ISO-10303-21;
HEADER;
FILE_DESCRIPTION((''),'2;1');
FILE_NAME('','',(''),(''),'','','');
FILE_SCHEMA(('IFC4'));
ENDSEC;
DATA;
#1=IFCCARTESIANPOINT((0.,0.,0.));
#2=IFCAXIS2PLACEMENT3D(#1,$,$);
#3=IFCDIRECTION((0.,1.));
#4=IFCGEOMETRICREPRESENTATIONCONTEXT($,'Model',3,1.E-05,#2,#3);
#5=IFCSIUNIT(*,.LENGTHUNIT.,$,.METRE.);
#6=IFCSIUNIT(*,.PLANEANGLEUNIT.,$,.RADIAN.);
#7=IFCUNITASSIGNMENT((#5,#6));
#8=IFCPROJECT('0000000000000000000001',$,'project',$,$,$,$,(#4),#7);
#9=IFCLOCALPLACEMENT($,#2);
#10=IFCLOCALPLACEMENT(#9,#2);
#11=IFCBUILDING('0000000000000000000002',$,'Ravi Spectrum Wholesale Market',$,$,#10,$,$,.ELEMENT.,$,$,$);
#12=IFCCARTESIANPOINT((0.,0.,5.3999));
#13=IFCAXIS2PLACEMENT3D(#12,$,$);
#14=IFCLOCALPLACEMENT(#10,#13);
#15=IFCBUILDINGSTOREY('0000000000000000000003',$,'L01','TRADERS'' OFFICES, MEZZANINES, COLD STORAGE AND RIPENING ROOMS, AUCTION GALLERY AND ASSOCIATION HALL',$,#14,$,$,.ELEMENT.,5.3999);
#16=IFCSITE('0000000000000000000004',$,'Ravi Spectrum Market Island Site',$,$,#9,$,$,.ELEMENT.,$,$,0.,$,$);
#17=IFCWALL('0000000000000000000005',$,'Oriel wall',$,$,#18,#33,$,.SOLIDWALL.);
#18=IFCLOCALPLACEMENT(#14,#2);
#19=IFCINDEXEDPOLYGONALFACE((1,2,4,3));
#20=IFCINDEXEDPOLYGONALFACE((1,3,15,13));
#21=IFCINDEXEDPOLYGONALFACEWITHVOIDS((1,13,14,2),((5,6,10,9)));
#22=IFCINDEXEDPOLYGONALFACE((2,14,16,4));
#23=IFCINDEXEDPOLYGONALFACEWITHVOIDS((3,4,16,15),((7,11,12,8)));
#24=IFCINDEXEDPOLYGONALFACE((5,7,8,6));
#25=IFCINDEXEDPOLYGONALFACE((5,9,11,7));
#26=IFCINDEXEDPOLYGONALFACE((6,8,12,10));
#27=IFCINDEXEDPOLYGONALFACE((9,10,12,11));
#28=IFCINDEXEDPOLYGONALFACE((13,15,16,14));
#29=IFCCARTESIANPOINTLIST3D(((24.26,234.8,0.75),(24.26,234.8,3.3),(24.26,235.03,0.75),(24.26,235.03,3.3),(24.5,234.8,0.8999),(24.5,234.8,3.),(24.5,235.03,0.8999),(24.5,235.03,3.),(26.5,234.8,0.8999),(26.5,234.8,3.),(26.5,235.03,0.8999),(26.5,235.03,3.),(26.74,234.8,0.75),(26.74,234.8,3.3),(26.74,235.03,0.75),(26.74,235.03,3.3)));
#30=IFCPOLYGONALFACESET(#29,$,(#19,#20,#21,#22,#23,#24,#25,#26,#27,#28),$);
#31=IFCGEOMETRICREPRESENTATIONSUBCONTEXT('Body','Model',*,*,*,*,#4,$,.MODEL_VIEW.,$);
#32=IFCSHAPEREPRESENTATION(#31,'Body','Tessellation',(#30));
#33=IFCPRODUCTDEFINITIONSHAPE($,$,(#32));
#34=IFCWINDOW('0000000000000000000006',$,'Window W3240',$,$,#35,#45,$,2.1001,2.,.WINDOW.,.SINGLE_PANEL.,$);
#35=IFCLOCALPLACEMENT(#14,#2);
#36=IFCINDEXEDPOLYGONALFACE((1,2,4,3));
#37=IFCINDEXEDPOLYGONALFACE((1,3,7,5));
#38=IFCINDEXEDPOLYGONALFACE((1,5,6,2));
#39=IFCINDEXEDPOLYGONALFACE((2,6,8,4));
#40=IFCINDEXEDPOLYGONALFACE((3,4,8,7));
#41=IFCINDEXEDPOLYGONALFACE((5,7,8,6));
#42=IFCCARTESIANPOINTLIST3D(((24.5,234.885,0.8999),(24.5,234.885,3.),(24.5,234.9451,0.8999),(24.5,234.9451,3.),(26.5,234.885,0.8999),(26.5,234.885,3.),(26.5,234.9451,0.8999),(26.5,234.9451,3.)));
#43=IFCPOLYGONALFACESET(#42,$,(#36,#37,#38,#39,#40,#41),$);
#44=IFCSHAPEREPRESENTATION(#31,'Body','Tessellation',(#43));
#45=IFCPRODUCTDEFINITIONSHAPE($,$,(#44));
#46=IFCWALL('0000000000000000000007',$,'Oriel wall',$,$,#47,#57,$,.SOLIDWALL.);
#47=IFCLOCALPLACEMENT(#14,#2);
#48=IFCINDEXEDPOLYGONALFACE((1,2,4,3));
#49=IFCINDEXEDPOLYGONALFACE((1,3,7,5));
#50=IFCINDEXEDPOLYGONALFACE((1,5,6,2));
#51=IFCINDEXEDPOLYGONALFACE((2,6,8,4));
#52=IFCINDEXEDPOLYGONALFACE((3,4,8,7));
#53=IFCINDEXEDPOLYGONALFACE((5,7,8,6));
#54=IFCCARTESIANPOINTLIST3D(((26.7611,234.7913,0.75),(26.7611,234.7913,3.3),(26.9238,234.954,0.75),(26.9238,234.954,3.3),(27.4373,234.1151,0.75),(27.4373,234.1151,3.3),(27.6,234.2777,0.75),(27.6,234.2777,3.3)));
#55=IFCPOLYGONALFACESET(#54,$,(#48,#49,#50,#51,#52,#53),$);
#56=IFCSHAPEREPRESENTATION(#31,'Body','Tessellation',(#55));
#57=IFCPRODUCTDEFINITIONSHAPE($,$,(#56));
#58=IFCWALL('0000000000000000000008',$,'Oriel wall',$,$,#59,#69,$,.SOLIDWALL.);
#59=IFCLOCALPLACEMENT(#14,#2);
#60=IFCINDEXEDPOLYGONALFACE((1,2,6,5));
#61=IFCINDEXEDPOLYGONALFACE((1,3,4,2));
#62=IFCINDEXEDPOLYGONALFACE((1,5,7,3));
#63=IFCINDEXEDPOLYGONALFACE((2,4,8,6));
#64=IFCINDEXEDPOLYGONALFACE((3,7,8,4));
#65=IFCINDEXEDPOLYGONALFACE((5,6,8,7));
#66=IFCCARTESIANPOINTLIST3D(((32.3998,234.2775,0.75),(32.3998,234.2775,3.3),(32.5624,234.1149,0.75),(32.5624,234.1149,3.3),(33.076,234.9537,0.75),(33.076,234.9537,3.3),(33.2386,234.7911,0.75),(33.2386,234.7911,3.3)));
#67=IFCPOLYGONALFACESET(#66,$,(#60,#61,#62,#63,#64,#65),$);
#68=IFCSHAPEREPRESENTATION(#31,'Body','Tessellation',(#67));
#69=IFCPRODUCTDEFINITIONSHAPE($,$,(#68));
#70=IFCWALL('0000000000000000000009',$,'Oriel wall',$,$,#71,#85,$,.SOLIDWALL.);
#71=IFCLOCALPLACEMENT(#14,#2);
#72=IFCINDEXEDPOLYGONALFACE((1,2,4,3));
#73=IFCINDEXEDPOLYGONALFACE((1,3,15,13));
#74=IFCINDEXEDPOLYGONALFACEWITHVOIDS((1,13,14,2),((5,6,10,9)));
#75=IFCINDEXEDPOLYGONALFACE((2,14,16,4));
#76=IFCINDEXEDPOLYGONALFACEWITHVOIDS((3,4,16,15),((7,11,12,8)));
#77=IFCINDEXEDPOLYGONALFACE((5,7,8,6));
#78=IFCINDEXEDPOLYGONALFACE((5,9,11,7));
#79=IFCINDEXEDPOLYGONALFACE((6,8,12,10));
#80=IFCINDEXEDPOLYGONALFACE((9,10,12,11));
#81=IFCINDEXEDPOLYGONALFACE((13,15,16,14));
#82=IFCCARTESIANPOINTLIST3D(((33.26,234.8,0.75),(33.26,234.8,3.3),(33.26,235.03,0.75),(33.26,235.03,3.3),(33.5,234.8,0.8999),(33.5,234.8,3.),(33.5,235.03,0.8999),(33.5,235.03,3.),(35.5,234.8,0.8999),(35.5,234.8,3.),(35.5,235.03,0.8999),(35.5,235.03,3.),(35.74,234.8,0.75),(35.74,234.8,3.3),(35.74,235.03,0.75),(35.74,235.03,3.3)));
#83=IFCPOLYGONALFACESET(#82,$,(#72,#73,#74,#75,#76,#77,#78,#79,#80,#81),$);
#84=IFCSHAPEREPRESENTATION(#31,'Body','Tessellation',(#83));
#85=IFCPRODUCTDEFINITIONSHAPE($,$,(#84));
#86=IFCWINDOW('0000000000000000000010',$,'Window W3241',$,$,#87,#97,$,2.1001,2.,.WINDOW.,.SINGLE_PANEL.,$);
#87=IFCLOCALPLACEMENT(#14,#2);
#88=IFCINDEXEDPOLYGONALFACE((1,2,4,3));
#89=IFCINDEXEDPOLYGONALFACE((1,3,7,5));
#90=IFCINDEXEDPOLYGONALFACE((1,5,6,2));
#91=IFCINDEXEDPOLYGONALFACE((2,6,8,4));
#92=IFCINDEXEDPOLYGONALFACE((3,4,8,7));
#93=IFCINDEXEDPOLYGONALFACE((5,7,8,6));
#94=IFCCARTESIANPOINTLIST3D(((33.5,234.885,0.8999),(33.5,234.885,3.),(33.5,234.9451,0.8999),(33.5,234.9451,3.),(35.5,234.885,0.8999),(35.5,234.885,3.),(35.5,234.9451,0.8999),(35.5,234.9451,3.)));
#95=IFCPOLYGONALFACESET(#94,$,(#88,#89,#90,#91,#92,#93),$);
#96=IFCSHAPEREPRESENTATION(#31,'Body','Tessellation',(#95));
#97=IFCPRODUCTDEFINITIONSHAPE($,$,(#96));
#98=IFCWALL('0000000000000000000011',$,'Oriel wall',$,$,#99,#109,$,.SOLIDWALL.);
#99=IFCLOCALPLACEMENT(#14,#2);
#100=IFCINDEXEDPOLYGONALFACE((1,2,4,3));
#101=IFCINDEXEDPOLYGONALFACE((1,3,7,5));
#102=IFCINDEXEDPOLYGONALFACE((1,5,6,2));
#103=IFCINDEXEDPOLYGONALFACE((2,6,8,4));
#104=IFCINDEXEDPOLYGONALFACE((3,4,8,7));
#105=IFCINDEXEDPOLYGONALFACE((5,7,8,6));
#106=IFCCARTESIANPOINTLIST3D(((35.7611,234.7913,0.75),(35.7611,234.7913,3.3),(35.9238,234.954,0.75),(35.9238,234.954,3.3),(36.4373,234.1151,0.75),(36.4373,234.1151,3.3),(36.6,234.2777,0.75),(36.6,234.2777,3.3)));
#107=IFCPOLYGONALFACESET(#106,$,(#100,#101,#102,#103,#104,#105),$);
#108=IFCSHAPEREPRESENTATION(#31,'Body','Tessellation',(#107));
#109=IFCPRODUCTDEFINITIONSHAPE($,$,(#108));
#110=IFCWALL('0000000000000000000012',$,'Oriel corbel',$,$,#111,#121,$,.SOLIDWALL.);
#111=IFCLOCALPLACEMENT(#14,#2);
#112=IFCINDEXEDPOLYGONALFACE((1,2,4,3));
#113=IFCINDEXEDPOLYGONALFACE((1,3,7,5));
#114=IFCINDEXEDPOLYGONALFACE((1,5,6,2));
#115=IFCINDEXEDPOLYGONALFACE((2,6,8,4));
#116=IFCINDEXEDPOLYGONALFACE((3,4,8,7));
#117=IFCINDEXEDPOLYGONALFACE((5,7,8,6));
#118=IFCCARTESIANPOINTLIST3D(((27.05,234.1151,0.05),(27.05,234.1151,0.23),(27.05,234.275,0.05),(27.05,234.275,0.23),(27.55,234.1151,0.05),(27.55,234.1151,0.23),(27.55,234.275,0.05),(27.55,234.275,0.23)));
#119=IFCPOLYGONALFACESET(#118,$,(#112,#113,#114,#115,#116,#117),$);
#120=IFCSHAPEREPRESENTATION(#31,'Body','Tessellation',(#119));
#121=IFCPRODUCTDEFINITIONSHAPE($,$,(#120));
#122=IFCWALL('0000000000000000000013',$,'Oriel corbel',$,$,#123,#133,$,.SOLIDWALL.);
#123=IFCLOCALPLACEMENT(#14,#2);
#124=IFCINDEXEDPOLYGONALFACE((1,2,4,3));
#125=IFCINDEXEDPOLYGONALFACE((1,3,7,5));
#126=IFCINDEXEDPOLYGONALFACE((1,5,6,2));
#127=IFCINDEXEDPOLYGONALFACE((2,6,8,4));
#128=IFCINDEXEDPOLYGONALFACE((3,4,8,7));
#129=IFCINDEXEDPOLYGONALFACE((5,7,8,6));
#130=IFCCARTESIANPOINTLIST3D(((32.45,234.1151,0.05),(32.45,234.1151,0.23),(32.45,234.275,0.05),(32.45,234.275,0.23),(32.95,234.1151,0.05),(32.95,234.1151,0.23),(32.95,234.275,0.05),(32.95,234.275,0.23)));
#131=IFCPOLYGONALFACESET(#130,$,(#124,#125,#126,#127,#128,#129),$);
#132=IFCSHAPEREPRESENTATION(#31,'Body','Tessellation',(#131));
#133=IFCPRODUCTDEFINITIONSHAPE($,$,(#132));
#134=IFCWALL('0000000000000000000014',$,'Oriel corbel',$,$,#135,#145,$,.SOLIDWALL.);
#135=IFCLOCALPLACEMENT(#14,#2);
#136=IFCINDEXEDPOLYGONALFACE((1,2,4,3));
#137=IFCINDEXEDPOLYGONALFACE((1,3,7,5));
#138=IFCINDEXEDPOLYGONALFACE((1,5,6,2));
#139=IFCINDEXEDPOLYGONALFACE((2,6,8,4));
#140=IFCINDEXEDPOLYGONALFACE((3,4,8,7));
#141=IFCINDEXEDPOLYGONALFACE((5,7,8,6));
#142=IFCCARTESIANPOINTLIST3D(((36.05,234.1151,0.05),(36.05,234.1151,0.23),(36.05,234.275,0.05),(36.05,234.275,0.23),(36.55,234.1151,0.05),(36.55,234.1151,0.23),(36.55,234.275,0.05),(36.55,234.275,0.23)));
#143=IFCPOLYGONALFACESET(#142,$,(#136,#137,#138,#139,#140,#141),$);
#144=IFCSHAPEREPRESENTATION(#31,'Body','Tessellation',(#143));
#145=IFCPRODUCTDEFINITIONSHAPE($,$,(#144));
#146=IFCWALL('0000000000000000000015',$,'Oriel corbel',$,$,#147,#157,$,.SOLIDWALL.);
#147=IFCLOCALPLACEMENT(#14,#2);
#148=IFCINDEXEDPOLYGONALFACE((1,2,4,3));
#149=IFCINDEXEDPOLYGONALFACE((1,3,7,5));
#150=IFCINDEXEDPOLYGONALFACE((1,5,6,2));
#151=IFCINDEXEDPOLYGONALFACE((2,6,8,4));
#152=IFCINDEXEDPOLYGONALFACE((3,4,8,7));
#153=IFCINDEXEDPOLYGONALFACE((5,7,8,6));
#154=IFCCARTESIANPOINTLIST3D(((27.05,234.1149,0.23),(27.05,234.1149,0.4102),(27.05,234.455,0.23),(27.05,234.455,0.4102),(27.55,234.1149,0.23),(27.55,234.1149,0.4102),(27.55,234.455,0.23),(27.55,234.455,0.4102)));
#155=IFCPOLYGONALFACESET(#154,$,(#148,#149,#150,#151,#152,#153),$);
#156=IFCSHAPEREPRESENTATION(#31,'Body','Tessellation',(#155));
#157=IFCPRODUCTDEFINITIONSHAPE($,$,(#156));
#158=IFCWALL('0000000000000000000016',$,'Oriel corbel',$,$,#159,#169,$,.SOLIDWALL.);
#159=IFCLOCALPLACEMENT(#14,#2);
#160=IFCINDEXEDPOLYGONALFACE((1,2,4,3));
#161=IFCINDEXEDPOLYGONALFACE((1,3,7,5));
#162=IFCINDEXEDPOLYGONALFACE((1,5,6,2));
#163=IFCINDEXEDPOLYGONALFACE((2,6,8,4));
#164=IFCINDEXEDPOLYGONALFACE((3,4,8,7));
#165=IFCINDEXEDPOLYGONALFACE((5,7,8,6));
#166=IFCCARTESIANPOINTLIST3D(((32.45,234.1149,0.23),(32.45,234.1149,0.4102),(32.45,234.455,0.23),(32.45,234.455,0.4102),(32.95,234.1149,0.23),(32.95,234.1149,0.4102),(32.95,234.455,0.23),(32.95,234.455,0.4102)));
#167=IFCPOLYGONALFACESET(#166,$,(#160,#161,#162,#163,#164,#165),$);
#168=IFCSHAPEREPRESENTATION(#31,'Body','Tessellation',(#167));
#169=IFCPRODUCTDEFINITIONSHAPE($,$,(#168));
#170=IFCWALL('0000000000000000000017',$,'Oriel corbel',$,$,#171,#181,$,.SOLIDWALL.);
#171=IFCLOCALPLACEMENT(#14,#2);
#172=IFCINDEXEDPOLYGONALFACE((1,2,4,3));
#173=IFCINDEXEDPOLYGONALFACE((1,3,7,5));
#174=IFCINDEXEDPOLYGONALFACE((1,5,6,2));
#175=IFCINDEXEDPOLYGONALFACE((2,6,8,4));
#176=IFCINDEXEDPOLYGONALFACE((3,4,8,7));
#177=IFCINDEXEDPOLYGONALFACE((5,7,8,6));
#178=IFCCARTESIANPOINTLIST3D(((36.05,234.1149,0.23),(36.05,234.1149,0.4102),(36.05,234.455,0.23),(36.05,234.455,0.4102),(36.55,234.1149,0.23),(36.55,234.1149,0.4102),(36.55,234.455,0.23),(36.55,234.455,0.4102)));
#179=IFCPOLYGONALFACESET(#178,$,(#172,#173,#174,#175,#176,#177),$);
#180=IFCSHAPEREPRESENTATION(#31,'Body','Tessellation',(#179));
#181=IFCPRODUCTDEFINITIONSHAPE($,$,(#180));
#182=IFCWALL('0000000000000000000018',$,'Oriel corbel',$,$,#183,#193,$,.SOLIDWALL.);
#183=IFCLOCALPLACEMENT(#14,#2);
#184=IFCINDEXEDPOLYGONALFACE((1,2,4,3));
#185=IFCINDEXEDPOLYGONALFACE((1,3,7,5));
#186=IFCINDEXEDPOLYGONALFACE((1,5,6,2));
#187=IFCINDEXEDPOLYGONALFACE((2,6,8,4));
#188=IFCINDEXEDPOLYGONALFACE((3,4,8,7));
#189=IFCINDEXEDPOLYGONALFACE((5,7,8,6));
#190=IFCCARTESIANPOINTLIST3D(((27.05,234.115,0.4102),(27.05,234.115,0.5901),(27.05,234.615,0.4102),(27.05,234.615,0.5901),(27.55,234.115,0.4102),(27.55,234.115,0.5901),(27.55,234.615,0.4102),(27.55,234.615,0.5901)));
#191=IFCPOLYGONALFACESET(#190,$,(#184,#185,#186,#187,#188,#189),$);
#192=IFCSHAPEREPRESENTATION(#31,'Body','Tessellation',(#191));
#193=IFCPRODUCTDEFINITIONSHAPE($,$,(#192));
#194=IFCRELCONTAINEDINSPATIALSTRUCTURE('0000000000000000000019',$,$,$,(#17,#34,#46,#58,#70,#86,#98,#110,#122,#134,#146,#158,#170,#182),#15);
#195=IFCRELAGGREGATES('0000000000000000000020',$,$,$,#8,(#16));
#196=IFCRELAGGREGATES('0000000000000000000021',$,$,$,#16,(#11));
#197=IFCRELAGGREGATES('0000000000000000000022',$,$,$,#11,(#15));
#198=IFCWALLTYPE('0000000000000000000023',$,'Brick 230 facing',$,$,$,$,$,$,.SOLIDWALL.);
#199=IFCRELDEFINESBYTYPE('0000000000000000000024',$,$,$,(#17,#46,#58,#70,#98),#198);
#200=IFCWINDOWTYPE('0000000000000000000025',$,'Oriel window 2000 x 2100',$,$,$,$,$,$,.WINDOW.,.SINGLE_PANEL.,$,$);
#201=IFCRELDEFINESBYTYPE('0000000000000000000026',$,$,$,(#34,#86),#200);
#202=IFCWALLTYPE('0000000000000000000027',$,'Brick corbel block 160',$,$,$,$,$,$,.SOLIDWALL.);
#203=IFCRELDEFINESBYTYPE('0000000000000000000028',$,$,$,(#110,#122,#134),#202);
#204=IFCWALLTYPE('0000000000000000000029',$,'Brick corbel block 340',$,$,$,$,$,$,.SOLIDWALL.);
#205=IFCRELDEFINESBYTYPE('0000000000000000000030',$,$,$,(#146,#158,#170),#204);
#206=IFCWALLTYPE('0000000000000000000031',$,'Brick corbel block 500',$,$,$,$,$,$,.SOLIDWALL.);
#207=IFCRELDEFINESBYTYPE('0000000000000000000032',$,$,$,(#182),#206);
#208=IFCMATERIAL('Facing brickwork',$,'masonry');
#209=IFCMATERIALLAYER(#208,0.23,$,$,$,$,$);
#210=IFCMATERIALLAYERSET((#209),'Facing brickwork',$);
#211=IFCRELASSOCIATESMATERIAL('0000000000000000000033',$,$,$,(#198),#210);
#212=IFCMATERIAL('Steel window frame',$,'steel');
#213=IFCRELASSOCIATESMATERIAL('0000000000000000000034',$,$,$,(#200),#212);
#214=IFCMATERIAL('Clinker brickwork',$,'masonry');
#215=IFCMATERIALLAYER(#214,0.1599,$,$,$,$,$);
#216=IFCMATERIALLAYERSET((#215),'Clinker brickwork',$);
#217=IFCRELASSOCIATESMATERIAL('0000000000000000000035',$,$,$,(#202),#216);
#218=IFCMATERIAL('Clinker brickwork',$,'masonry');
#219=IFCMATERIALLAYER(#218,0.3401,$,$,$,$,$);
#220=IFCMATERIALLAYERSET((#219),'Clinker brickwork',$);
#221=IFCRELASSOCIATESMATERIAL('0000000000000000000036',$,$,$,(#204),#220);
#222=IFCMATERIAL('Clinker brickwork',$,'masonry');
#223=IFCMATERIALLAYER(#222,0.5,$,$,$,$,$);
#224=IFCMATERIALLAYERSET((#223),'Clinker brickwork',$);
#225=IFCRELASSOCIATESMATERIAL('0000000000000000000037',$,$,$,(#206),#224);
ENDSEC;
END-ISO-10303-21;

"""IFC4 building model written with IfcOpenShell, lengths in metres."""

from ifc_helpers import new_model, si_unit, direction, frame, frame_2d, origin, place, context, subcontext, project, spatial, rectangle, extrude, material, layer, layer_set, type_object, element, fill, save


model = new_model("IFC4")

# Units and contexts
model_context = context("Model", 3, precision=1e-05, world=origin(), true_north=direction((0.0, 1.0)))
body_context = subcontext(model_context, "Body", "Model", "MODEL_VIEW")
ifc_project = project(units=[si_unit("LENGTHUNIT", "METRE"), si_unit("PLANEANGLEUNIT", "RADIAN")], contexts=[model_context])

# Site, building, storey
site_placement = place(None, origin())
site = spatial("IfcSite", under=ifc_project, at=site_placement, Name="Ravi Spectrum Market Island Site", CompositionType="ELEMENT", RefElevation=0.0)
building_placement = place(site_placement, origin())
building = spatial("IfcBuilding", under=site, at=building_placement, Name="Ravi Spectrum Wholesale Market", CompositionType="ELEMENT")
storey_placement = place(building_placement, frame((0.0, 0.0, 5.3999)))
storey = spatial("IfcBuildingStorey", under=building, at=storey_placement, Name="L01", Description="TRADERS' OFFICES, MEZZANINES, COLD STORAGE AND RIPENING ROOMS, AUCTION GALLERY AND ASSOCIATION HALL", CompositionType="ELEMENT", Elevation=5.3999)

# Shared definitions
ifc_material_1 = material(Name="Facing brickwork", Category="masonry")
ifc_layer_1 = layer(ifc_material_1, 0.23)
ifc_layer_set_1 = layer_set([ifc_layer_1], Name="Facing brickwork")
wall_type_1 = type_object("IfcWallType", Name="Brick 230 facing", PredefinedType="SOLIDWALL", material=ifc_layer_set_1)

# Wall, opening, window
wall_1_placement = place(storey_placement, frame((24.26, 234.915, 0.75), z_axis=(0.0, 0.0, 1.0), x_axis=(1.0, 0.0, 0.0)))
wall_1 = element("IfcWall", 1, at=wall_1_placement, inside=storey, type_object=wall_type_1, Name="Oriel wall", PredefinedType="SOLIDWALL", context=body_context, shape_type="SweptSolid", body=[
    extrude(rectangle(XDim=2.48, YDim=0.23, at=frame_2d((1.24, 0.0))), origin(), (0.0, 0.0, 1.0), 2.55),
])
opening_1_placement = place(wall_1_placement, frame((0.24, 0.0, 0.1499)))
opening_1 = element("IfcOpeningElement", 2, at=opening_1_placement, cuts=wall_1, PredefinedType="OPENING", context=body_context, shape_type="SweptSolid", body=[
    extrude(rectangle(XDim=2.0, YDim=2.1001, at=frame_2d((1.0, 1.05))), frame((0.0, 0.125, 0.0), z_axis=(0.0, -1.0, 0.0), x_axis=(1.0, 0.0, 0.0)), (0.0, 0.0, 1.0), 0.25),
])
ifc_material_2 = material(Name="Steel window frame", Category="steel")
window_type = type_object("IfcWindowType", Name="Oriel window 2000 x 2100", PartitioningType="SINGLE_PANEL", PredefinedType="WINDOW", material=ifc_material_2)
window_1_placement = place(opening_1_placement, origin())
window_1 = element("IfcWindow", 3, at=window_1_placement, inside=storey, type_object=window_type, Name="Window W3240", OverallHeight=2.1001, OverallWidth=2.0, PartitioningType="SINGLE_PANEL", PredefinedType="WINDOW", context=body_context, shape_type="SweptSolid", body=[
    extrude(rectangle(XDim=2.0, YDim=2.1001, at=frame_2d((1.0, 1.05))), frame((0.0, 0.03, 0.0), z_axis=(0.0, -1.0, 0.0), x_axis=(1.0, 0.0, 0.0)), (0.0, 0.0, 1.0), 0.0601),
])
fill(opening_1, window_1)

# Walls
for number, where, z_axis, x_axis, name in (
    (4, (26.8425, 234.8726, 0.75), (0.0, 0.0, 1.0), (0.707107, -0.707107, 0.0), "Oriel wall"),
    (5, (32.4812, 234.1963, 0.75), (0.0, 0.0, 1.0), (0.707107, 0.707107, 0.0), "Oriel wall"),
):
    element("IfcWall", number, at=place(storey_placement, frame(where, z_axis=z_axis, x_axis=x_axis)), inside=storey, type_object=wall_type_1, Name=name, PredefinedType="SOLIDWALL", context=body_context, shape_type="SweptSolid", body=[
        extrude(rectangle(XDim=0.9563, YDim=0.23, at=frame_2d((0.478, 0.0))), origin(), (0.0, 0.0, 1.0), 2.55),
    ])

# Wall, opening, window
wall_2_placement = place(storey_placement, frame((33.26, 234.915, 0.75), z_axis=(0.0, 0.0, 1.0), x_axis=(1.0, 0.0, 0.0)))
wall_2 = element("IfcWall", 6, at=wall_2_placement, inside=storey, type_object=wall_type_1, Name="Oriel wall", PredefinedType="SOLIDWALL", context=body_context, shape_type="SweptSolid", body=[
    extrude(rectangle(XDim=2.48, YDim=0.23, at=frame_2d((1.24, 0.0))), origin(), (0.0, 0.0, 1.0), 2.55),
])
opening_2_placement = place(wall_2_placement, frame((0.24, 0.0, 0.1499)))
opening_2 = element("IfcOpeningElement", 7, at=opening_2_placement, cuts=wall_2, PredefinedType="OPENING", context=body_context, shape_type="SweptSolid", body=[
    extrude(rectangle(XDim=2.0, YDim=2.1001, at=frame_2d((1.0, 1.05))), frame((0.0, 0.125, 0.0), z_axis=(0.0, -1.0, 0.0), x_axis=(1.0, 0.0, 0.0)), (0.0, 0.0, 1.0), 0.25),
])
window_2_placement = place(opening_2_placement, origin())
window_2 = element("IfcWindow", 8, at=window_2_placement, inside=storey, type_object=window_type, Name="Window W3241", OverallHeight=2.1001, OverallWidth=2.0, PartitioningType="SINGLE_PANEL", PredefinedType="WINDOW", context=body_context, shape_type="SweptSolid", body=[
    extrude(rectangle(XDim=2.0, YDim=2.1001, at=frame_2d((1.0, 1.05))), frame((0.0, 0.03, 0.0), z_axis=(0.0, -1.0, 0.0), x_axis=(1.0, 0.0, 0.0)), (0.0, 0.0, 1.0), 0.0601),
])
fill(opening_2, window_2)

# Walls
wall_3_placement = place(storey_placement, frame((35.8425, 234.8726, 0.75), z_axis=(0.0, 0.0, 1.0), x_axis=(0.707107, -0.707107, 0.0)))
element("IfcWall", 9, at=wall_3_placement, inside=storey, type_object=wall_type_1, Name="Oriel wall", PredefinedType="SOLIDWALL", context=body_context, shape_type="SweptSolid", body=[
    extrude(rectangle(XDim=0.9563, YDim=0.23, at=frame_2d((0.478, 0.0))), origin(), (0.0, 0.0, 1.0), 2.55),
])
ifc_material_3 = material(Name="Clinker brickwork", Category="masonry")
ifc_layer_2 = layer(ifc_material_3, 0.1599)
ifc_layer_set_2 = layer_set([ifc_layer_2], Name="Clinker brickwork")
wall_type_2 = type_object("IfcWallType", Name="Brick corbel block 160", PredefinedType="SOLIDWALL", material=ifc_layer_set_2)
for number, where, z_axis, x_axis, name in (
    (10, (27.05, 234.1951, 0.05), (0.0, 0.0, 1.0), (1.0, 0.0, 0.0), "Oriel corbel"),
    (11, (32.45, 234.1951, 0.05), (0.0, 0.0, 1.0), (1.0, 0.0, 0.0), "Oriel corbel"),
    (12, (36.05, 234.1951, 0.05), (0.0, 0.0, 1.0), (1.0, 0.0, 0.0), "Oriel corbel"),
):
    element("IfcWall", number, at=place(storey_placement, frame(where, z_axis=z_axis, x_axis=x_axis)), inside=storey, type_object=wall_type_2, Name=name, PredefinedType="SOLIDWALL", context=body_context, shape_type="SweptSolid", body=[
        extrude(rectangle(XDim=0.5, YDim=0.1599, at=frame_2d((0.25, 0.0))), origin(), (0.0, 0.0, 1.0), 0.1799),
    ])
ifc_material_4 = material(Name="Clinker brickwork", Category="masonry")
ifc_layer_3 = layer(ifc_material_4, 0.3401)
ifc_layer_set_3 = layer_set([ifc_layer_3], Name="Clinker brickwork")
wall_type_3 = type_object("IfcWallType", Name="Brick corbel block 340", PredefinedType="SOLIDWALL", material=ifc_layer_set_3)
for number, where, z_axis, x_axis, name in (
    (13, (27.05, 234.2849, 0.23), (0.0, 0.0, 1.0), (1.0, 0.0, 0.0), "Oriel corbel"),
    (14, (32.45, 234.2849, 0.23), (0.0, 0.0, 1.0), (1.0, 0.0, 0.0), "Oriel corbel"),
    (15, (36.05, 234.2849, 0.23), (0.0, 0.0, 1.0), (1.0, 0.0, 0.0), "Oriel corbel"),
):
    element("IfcWall", number, at=place(storey_placement, frame(where, z_axis=z_axis, x_axis=x_axis)), inside=storey, type_object=wall_type_3, Name=name, PredefinedType="SOLIDWALL", context=body_context, shape_type="SweptSolid", body=[
        extrude(rectangle(XDim=0.5, YDim=0.3401, at=frame_2d((0.25, 0.0))), origin(), (0.0, 0.0, 1.0), 0.1802),
    ])
ifc_material_5 = material(Name="Clinker brickwork", Category="masonry")
ifc_layer_4 = layer(ifc_material_5, 0.5)
ifc_layer_set_4 = layer_set([ifc_layer_4], Name="Clinker brickwork")
wall_type_4 = type_object("IfcWallType", Name="Brick corbel block 500", PredefinedType="SOLIDWALL", material=ifc_layer_set_4)
for number, where, z_axis, x_axis, name in (
    (16, (27.05, 234.365, 0.4102), (0.0, 0.0, 1.0), (1.0, 0.0, 0.0), "Oriel corbel"),
):
    element("IfcWall", number, at=place(storey_placement, frame(where, z_axis=z_axis, x_axis=x_axis)), inside=storey, type_object=wall_type_4, Name=name, PredefinedType="SOLIDWALL", context=body_context, shape_type="SweptSolid", body=[
        extrude(rectangle(XDim=0.5, YDim=0.5, at=frame_2d((0.25, 0.0))), origin(), (0.0, 0.0, 1.0), 0.1799),
    ])

save(model, "model.ifc")
